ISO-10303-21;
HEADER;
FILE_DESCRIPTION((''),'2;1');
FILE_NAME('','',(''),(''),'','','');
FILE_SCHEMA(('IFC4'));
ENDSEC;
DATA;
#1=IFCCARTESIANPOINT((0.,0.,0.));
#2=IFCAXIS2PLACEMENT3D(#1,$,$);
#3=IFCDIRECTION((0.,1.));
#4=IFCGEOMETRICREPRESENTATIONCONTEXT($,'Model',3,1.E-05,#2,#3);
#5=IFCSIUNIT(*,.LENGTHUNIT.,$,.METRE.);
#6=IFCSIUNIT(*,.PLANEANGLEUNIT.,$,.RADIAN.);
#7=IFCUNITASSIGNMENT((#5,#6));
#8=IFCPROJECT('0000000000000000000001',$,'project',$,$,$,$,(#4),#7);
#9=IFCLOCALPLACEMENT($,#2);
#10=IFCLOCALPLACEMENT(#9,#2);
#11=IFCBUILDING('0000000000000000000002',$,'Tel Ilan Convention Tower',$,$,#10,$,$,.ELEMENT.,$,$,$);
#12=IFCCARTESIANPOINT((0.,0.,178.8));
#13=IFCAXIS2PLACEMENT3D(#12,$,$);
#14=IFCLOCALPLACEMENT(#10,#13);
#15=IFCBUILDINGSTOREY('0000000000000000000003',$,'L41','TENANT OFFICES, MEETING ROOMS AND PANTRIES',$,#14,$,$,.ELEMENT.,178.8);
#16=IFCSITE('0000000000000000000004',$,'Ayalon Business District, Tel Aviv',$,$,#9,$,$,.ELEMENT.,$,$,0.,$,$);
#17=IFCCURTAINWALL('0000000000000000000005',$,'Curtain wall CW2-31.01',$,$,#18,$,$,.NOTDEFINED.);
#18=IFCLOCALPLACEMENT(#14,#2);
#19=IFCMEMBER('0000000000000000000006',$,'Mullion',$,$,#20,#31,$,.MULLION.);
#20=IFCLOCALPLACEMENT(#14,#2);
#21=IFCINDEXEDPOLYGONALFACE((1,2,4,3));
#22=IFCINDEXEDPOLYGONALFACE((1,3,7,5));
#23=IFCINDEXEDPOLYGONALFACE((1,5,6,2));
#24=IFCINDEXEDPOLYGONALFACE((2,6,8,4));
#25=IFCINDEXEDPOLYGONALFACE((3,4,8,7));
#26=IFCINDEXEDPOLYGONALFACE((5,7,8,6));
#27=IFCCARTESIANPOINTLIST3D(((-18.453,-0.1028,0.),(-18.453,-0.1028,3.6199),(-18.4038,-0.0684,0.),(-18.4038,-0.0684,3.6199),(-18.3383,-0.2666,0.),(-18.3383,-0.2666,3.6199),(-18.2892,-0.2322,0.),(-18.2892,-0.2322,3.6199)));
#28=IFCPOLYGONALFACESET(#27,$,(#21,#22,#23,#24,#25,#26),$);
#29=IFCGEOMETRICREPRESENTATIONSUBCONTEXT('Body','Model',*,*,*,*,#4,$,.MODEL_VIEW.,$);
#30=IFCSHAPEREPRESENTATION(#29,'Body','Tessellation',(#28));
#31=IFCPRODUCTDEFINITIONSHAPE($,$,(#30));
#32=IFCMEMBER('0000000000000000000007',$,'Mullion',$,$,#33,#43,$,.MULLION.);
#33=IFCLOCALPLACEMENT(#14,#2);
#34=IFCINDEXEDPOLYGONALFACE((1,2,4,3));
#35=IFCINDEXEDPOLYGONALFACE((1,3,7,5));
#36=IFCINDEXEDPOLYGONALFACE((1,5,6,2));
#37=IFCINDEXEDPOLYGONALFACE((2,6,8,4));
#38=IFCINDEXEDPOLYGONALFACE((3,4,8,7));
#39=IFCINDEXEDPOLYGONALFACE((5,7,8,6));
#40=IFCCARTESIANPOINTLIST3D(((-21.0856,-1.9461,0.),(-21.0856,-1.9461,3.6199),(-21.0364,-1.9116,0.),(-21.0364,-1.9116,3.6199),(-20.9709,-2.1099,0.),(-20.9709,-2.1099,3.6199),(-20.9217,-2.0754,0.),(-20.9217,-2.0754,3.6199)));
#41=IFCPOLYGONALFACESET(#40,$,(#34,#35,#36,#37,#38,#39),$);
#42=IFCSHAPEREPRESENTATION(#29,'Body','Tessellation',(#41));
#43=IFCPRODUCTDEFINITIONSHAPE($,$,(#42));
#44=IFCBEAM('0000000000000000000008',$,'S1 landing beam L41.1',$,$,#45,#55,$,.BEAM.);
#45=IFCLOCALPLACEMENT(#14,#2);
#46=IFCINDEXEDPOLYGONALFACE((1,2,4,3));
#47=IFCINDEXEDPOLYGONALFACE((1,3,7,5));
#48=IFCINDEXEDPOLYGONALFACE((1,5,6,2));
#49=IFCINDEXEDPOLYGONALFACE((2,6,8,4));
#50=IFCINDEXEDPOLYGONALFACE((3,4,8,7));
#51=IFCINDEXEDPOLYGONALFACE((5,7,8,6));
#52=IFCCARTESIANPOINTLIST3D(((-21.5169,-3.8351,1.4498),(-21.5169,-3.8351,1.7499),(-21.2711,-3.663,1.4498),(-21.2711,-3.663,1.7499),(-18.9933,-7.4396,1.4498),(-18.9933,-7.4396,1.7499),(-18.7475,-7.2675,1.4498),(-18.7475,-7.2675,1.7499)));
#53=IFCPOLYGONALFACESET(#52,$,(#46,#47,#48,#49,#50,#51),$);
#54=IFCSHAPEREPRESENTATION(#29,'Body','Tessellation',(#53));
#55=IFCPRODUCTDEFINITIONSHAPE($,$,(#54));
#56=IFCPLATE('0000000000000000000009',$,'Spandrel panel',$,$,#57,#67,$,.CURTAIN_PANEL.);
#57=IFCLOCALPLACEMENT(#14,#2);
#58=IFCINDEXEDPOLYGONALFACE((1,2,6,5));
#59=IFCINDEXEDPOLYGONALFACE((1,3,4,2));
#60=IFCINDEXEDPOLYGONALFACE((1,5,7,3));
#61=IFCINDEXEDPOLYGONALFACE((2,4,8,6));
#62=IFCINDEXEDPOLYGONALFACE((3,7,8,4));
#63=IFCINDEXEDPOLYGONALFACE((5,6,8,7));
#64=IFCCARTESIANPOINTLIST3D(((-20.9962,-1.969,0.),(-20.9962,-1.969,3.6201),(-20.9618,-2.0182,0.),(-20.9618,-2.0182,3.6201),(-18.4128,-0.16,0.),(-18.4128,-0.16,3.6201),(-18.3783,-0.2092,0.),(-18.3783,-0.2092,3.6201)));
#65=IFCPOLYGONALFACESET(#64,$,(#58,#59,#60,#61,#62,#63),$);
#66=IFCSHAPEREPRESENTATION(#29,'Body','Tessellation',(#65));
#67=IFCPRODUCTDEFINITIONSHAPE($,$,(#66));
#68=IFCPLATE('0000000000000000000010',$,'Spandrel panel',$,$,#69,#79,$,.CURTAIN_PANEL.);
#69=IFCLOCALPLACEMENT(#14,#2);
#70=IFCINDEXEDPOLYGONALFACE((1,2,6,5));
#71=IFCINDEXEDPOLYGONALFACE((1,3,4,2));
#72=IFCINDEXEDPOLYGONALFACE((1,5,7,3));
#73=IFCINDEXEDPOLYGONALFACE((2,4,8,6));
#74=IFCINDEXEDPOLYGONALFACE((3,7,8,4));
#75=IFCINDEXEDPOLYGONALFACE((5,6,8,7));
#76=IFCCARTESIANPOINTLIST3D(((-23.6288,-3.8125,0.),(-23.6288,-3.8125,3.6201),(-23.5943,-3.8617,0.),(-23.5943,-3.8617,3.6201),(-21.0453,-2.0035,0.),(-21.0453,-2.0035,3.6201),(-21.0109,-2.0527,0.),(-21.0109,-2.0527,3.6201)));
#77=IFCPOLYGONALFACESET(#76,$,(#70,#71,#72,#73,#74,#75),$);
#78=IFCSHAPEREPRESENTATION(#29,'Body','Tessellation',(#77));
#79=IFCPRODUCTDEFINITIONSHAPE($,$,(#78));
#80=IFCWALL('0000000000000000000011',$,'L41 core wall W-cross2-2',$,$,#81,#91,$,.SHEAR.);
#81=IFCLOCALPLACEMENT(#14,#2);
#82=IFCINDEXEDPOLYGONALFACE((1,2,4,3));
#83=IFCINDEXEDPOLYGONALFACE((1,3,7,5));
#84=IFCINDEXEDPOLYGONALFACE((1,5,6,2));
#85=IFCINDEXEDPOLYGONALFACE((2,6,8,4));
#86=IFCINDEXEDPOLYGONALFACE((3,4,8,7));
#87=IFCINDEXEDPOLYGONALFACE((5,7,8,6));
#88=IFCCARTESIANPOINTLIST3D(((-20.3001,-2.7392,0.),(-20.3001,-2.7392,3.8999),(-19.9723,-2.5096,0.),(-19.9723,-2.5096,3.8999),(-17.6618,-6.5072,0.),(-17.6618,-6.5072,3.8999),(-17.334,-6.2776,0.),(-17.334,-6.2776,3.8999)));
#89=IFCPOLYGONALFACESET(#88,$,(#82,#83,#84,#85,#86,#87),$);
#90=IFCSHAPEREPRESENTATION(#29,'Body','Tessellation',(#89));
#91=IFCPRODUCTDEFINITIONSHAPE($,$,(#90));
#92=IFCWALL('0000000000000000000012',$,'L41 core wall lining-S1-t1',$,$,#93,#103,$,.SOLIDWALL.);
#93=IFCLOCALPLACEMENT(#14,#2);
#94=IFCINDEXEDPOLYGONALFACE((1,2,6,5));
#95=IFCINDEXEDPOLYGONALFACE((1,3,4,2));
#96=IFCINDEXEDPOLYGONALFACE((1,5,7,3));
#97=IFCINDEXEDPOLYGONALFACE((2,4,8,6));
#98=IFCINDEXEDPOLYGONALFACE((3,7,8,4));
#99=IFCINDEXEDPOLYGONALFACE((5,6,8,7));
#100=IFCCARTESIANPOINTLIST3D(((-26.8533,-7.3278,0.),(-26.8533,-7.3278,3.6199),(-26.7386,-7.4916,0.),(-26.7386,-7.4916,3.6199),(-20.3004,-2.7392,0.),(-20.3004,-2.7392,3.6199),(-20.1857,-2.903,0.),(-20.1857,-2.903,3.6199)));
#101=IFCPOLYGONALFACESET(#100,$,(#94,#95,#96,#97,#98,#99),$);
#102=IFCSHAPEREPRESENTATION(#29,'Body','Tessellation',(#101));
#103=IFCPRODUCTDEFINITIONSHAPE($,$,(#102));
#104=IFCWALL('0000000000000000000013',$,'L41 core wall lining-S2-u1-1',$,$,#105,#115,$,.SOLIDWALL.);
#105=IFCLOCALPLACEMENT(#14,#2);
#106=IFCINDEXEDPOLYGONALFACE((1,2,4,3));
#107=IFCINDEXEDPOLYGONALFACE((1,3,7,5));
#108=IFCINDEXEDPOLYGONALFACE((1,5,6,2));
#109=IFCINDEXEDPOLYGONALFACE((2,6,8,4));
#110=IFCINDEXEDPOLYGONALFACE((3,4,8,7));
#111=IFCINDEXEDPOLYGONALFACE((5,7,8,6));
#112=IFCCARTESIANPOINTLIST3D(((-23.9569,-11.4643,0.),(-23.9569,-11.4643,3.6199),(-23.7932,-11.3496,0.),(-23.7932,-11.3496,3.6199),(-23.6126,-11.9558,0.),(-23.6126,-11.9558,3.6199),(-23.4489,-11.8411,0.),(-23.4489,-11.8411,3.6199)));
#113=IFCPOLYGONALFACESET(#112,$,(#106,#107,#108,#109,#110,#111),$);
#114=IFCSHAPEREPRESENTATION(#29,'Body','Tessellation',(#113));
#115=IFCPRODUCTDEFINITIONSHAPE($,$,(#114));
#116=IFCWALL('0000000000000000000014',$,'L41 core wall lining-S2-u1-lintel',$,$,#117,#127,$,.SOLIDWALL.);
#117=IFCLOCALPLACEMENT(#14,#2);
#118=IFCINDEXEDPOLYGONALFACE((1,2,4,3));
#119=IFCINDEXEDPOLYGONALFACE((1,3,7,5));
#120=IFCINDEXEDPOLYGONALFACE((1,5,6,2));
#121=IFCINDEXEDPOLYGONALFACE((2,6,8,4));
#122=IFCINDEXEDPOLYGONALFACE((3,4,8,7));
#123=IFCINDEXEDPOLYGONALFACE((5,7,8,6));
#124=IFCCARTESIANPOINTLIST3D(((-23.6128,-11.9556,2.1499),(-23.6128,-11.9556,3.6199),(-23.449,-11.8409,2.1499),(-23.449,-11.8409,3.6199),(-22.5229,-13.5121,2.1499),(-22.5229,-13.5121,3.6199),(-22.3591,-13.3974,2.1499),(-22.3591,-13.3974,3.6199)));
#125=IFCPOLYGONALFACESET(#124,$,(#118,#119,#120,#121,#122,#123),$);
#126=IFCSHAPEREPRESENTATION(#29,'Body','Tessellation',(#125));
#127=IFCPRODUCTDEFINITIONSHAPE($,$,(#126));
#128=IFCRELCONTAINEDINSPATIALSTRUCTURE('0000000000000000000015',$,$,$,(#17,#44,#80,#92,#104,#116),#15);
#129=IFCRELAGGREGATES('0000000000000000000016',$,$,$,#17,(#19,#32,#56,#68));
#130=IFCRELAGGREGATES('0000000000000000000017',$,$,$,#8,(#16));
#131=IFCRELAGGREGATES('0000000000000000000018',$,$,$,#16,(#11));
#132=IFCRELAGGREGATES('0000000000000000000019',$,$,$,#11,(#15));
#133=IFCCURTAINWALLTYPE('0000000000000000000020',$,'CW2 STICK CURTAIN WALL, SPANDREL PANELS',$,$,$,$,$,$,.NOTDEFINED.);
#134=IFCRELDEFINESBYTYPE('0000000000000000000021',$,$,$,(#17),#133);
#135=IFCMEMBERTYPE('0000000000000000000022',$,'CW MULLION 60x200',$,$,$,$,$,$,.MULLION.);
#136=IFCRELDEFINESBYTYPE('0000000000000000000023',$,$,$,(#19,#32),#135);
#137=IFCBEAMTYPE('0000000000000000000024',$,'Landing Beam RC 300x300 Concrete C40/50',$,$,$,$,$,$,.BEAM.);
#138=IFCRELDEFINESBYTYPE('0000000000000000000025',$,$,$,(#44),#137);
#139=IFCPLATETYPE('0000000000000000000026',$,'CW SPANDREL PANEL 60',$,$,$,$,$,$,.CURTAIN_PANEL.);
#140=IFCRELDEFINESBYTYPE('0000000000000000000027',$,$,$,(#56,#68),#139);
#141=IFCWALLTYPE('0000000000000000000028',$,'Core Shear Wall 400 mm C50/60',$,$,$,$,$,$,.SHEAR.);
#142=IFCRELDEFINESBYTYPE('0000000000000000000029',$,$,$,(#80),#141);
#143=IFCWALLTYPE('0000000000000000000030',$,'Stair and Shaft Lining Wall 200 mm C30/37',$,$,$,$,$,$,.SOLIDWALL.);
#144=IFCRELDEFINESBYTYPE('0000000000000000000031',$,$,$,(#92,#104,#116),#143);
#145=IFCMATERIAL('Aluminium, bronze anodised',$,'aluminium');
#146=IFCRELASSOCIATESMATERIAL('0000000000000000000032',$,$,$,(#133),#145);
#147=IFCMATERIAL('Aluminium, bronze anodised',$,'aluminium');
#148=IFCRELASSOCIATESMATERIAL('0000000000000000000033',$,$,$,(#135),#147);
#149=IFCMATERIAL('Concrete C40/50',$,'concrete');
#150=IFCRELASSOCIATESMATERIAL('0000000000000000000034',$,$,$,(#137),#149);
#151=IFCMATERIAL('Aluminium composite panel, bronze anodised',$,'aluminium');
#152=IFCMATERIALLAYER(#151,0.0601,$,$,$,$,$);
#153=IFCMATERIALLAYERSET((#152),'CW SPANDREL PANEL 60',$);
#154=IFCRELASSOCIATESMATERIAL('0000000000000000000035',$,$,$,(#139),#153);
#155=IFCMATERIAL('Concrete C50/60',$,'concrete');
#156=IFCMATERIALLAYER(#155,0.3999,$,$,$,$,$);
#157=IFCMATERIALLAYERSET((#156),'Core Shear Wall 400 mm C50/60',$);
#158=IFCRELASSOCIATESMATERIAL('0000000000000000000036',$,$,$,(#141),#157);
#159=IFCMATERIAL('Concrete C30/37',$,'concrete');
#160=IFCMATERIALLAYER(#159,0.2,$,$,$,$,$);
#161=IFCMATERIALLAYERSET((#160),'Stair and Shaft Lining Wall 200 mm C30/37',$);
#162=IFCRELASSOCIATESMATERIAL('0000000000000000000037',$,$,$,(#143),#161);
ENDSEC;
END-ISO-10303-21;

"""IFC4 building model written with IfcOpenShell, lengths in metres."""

from ifc_helpers import new_model, si_unit, direction, frame, frame_2d, origin, origin_2d, place, context, subcontext, project, spatial, polyline, rectangle, outline, extrude, material, layer, layer_set, material_profile, profile_set, type_object, element, aggregate, save


model = new_model("IFC4")

# Units and contexts
model_context = context("Model", 3, precision=1e-05, world=origin(), true_north=direction((0.0, 1.0)))
body_context = subcontext(model_context, "Body", "Model", "MODEL_VIEW")
ifc_project = project(units=[si_unit("LENGTHUNIT", "METRE"), si_unit("PLANEANGLEUNIT", "RADIAN")], contexts=[model_context])

# Site, building, storey
site_placement = place(None, origin())
site = spatial("IfcSite", under=ifc_project, at=site_placement, Name="Ayalon Business District, Tel Aviv", CompositionType="ELEMENT", RefElevation=0.0)
building_placement = place(site_placement, origin())
building = spatial("IfcBuilding", under=site, at=building_placement, Name="Tel Ilan Convention Tower", CompositionType="ELEMENT")
storey_placement = place(building_placement, frame((0.0, 0.0, 178.8)))
storey = spatial("IfcBuildingStorey", under=building, at=storey_placement, Name="L41", Description="TENANT OFFICES, MEETING ROOMS AND PANTRIES", CompositionType="ELEMENT", Elevation=178.8)

# Curtain wall, members
ifc_material_1 = material(Name="Aluminium, bronze anodised", Category="aluminium")
curtain_wall_type = type_object("IfcCurtainWallType", Name="CW2 STICK CURTAIN WALL, SPANDREL PANELS", PredefinedType="NOTDEFINED", material=ifc_material_1)
curtain_wall_placement = place(storey_placement, origin())
curtain_wall = element("IfcCurtainWall", 1, at=curtain_wall_placement, inside=storey, type_object=curtain_wall_type, Name="Curtain wall CW2-31.01", PredefinedType="NOTDEFINED")
ifc_material_2 = material(Name="Aluminium, bronze anodised", Category="aluminium")
ifc_material_profile_1 = material_profile(ifc_material_2, rectangle(XDim=0.0601, YDim=0.2, at=origin_2d()), Name="CW MULLION 60x200")
ifc_profile_set_1 = profile_set([ifc_material_profile_1], Name="Aluminium, bronze anodised")
member_type = type_object("IfcMemberType", Name="CW MULLION 60x200", PredefinedType="MULLION", material=ifc_profile_set_1)
member_1_placement = place(storey_placement, frame((-18.3711, -0.1675, 0.0), z_axis=(0.0, 0.0, 1.0), x_axis=(-0.819152, -0.573576, 0.0)))
member_1 = element("IfcMember", 2, at=member_1_placement, type_object=member_type, Name="Mullion", PredefinedType="MULLION", context=body_context, shape_type="SweptSolid", body=[
    extrude(rectangle(XDim=0.0601, YDim=0.2, at=origin_2d()), origin(), (0.0, 0.0, 1.0), 3.6199),
])
member_2_placement = place(storey_placement, frame((-21.0037, -2.0107, 0.0), z_axis=(0.0, 0.0, 1.0), x_axis=(-0.819152, -0.573576, 0.0)))
member_2 = element("IfcMember", 3, at=member_2_placement, type_object=member_type, Name="Mullion", PredefinedType="MULLION", context=body_context, shape_type="SweptSolid", body=[
    extrude(rectangle(XDim=0.0601, YDim=0.2, at=origin_2d()), origin(), (0.0, 0.0, 1.0), 3.6199),
])

# Beam
ifc_material_3 = material(Name="Concrete C40/50", Category="concrete")
ifc_material_profile_2 = material_profile(ifc_material_3, rectangle(XDim=0.3, YDim=0.3, at=origin_2d()), Name="RC 300x300")
ifc_profile_set_2 = profile_set([ifc_material_profile_2], Name="Concrete C40/50")
beam_type = type_object("IfcBeamType", Name="Landing Beam RC 300x300 Concrete C40/50", PredefinedType="BEAM", material=ifc_profile_set_2)
beam_placement = place(storey_placement, frame((-18.8704, -7.3535, 1.5999), z_axis=(-0.573544, 0.819175, 0.0), x_axis=(-0.819175, -0.573544, 0.0)))
element("IfcBeam", 4, at=beam_placement, inside=storey, type_object=beam_type, Name="S1 landing beam L41.1", PredefinedType="BEAM", context=body_context, shape_type="SweptSolid", body=[
    extrude(rectangle(XDim=0.3, YDim=0.3, at=origin_2d()), origin(), (0.0, 0.0, 1.0), 4.4001),
])

# Plates
ifc_material_4 = material(Name="Aluminium composite panel, bronze anodised", Category="aluminium")
ifc_layer_1 = layer(ifc_material_4, 0.0601)
ifc_layer_set_1 = layer_set([ifc_layer_1], Name="CW SPANDREL PANEL 60")
plate_type = type_object("IfcPlateType", Name="CW SPANDREL PANEL 60", PredefinedType="CURTAIN_PANEL", material=ifc_layer_set_1)
plate_1_placement = place(storey_placement, frame((-19.6873, -1.0891, 0.0), z_axis=(0.0, 0.0, 1.0), x_axis=(-0.819152, -0.573576, 0.0)))
plate_1 = element("IfcPlate", 5, at=plate_1_placement, type_object=plate_type, Name="Spandrel panel", PredefinedType="CURTAIN_PANEL", context=body_context, shape_type="SweptSolid", body=[
    extrude(rectangle(XDim=3.1538, YDim=0.0601, at=origin_2d()), origin(), (0.0, 0.0, 1.0), 3.6201),
])
plate_2_placement = place(storey_placement, frame((-22.3198, -2.9326, 0.0), z_axis=(0.0, 0.0, 1.0), x_axis=(-0.819152, -0.573576, 0.0)))
plate_2 = element("IfcPlate", 6, at=plate_2_placement, type_object=plate_type, Name="Spandrel panel", PredefinedType="CURTAIN_PANEL", context=body_context, shape_type="SweptSolid", body=[
    extrude(rectangle(XDim=3.1538, YDim=0.0601, at=origin_2d()), origin(), (0.0, 0.0, 1.0), 3.6201),
])
aggregate(curtain_wall, [member_1, member_2, plate_1, plate_2])

# Walls
ifc_material_5 = material(Name="Concrete C50/60", Category="concrete")
ifc_layer_2 = layer(ifc_material_5, 0.3999)
ifc_layer_set_2 = layer_set([ifc_layer_2], Name="Core Shear Wall 400 mm C50/60")
wall_type_1 = type_object("IfcWallType", Name="Core Shear Wall 400 mm C50/60", PredefinedType="SHEAR", material=ifc_layer_set_2)
wall_1_placement = place(storey_placement, frame((-17.4978, -6.3923, 0.0), z_axis=(0.0, 0.0, 1.0), x_axis=(-0.573612, 0.819127, 0.0)))
element("IfcWall", 7, at=wall_1_placement, inside=storey, type_object=wall_type_1, Name="L41 core wall W-cross2-2", PredefinedType="SHEAR", context=body_context, shape_type="SweptSolid", body=[
    extrude(outline(polyline([(4.5999, -0.2002), (4.5999, 0.2), (0.0, 0.2002), (0.0, -0.2), (4.5999, -0.2002)])), origin(), (0.0, 0.0, 1.0), 3.8999),
])
ifc_material_6 = material(Name="Concrete C30/37", Category="concrete")
ifc_layer_3 = layer(ifc_material_6, 0.2)
ifc_layer_set_3 = layer_set([ifc_layer_3], Name="Stair and Shaft Lining Wall 200 mm C30/37")
wall_type_2 = type_object("IfcWallType", Name="Stair and Shaft Lining Wall 200 mm C30/37", PredefinedType="SOLIDWALL", material=ifc_layer_set_3)
wall_2_placement = place(storey_placement, frame((-20.2429, -2.821, 0.0), z_axis=(0.0, 0.0, 1.0), x_axis=(-0.819142, -0.573591, 0.0)))
element("IfcWall", 8, at=wall_2_placement, inside=storey, type_object=wall_type_2, Name="L41 core wall lining-S1-t1", PredefinedType="SOLIDWALL", context=body_context, shape_type="SweptSolid", body=[
    extrude(rectangle(XDim=7.9998, YDim=0.2, at=frame_2d((4.0, 0.0))), origin(), (0.0, 0.0, 1.0), 3.6199),
])
wall_3_placement = place(storey_placement, frame((-23.5308, -11.8984, 0.0), z_axis=(0.0, 0.0, 1.0), x_axis=(-0.573708, 0.81906, 0.0)))
element("IfcWall", 9, at=wall_3_placement, inside=storey, type_object=wall_type_2, Name="L41 core wall lining-S2-u1-1", PredefinedType="SOLIDWALL", context=body_context, shape_type="SweptSolid", body=[
    extrude(rectangle(XDim=0.6001, YDim=0.2, at=frame_2d((0.3, 0.0))), origin(), (0.0, 0.0, 1.0), 3.6199),
])
wall_4_placement = place(storey_placement, frame((-22.4409, -13.4548, 2.1499), z_axis=(0.0, 0.0, 1.0), x_axis=(-0.573592, 0.819141, 0.0)))
element("IfcWall", 10, at=wall_4_placement, inside=storey, type_object=wall_type_2, Name="L41 core wall lining-S2-u1-lintel", PredefinedType="SOLIDWALL", context=body_context, shape_type="SweptSolid", body=[
    extrude(rectangle(XDim=1.9001, YDim=0.2, at=frame_2d((0.9502, 0.0))), origin(), (0.0, 0.0, 1.0), 1.47),
])

save(model, "model.ifc")
